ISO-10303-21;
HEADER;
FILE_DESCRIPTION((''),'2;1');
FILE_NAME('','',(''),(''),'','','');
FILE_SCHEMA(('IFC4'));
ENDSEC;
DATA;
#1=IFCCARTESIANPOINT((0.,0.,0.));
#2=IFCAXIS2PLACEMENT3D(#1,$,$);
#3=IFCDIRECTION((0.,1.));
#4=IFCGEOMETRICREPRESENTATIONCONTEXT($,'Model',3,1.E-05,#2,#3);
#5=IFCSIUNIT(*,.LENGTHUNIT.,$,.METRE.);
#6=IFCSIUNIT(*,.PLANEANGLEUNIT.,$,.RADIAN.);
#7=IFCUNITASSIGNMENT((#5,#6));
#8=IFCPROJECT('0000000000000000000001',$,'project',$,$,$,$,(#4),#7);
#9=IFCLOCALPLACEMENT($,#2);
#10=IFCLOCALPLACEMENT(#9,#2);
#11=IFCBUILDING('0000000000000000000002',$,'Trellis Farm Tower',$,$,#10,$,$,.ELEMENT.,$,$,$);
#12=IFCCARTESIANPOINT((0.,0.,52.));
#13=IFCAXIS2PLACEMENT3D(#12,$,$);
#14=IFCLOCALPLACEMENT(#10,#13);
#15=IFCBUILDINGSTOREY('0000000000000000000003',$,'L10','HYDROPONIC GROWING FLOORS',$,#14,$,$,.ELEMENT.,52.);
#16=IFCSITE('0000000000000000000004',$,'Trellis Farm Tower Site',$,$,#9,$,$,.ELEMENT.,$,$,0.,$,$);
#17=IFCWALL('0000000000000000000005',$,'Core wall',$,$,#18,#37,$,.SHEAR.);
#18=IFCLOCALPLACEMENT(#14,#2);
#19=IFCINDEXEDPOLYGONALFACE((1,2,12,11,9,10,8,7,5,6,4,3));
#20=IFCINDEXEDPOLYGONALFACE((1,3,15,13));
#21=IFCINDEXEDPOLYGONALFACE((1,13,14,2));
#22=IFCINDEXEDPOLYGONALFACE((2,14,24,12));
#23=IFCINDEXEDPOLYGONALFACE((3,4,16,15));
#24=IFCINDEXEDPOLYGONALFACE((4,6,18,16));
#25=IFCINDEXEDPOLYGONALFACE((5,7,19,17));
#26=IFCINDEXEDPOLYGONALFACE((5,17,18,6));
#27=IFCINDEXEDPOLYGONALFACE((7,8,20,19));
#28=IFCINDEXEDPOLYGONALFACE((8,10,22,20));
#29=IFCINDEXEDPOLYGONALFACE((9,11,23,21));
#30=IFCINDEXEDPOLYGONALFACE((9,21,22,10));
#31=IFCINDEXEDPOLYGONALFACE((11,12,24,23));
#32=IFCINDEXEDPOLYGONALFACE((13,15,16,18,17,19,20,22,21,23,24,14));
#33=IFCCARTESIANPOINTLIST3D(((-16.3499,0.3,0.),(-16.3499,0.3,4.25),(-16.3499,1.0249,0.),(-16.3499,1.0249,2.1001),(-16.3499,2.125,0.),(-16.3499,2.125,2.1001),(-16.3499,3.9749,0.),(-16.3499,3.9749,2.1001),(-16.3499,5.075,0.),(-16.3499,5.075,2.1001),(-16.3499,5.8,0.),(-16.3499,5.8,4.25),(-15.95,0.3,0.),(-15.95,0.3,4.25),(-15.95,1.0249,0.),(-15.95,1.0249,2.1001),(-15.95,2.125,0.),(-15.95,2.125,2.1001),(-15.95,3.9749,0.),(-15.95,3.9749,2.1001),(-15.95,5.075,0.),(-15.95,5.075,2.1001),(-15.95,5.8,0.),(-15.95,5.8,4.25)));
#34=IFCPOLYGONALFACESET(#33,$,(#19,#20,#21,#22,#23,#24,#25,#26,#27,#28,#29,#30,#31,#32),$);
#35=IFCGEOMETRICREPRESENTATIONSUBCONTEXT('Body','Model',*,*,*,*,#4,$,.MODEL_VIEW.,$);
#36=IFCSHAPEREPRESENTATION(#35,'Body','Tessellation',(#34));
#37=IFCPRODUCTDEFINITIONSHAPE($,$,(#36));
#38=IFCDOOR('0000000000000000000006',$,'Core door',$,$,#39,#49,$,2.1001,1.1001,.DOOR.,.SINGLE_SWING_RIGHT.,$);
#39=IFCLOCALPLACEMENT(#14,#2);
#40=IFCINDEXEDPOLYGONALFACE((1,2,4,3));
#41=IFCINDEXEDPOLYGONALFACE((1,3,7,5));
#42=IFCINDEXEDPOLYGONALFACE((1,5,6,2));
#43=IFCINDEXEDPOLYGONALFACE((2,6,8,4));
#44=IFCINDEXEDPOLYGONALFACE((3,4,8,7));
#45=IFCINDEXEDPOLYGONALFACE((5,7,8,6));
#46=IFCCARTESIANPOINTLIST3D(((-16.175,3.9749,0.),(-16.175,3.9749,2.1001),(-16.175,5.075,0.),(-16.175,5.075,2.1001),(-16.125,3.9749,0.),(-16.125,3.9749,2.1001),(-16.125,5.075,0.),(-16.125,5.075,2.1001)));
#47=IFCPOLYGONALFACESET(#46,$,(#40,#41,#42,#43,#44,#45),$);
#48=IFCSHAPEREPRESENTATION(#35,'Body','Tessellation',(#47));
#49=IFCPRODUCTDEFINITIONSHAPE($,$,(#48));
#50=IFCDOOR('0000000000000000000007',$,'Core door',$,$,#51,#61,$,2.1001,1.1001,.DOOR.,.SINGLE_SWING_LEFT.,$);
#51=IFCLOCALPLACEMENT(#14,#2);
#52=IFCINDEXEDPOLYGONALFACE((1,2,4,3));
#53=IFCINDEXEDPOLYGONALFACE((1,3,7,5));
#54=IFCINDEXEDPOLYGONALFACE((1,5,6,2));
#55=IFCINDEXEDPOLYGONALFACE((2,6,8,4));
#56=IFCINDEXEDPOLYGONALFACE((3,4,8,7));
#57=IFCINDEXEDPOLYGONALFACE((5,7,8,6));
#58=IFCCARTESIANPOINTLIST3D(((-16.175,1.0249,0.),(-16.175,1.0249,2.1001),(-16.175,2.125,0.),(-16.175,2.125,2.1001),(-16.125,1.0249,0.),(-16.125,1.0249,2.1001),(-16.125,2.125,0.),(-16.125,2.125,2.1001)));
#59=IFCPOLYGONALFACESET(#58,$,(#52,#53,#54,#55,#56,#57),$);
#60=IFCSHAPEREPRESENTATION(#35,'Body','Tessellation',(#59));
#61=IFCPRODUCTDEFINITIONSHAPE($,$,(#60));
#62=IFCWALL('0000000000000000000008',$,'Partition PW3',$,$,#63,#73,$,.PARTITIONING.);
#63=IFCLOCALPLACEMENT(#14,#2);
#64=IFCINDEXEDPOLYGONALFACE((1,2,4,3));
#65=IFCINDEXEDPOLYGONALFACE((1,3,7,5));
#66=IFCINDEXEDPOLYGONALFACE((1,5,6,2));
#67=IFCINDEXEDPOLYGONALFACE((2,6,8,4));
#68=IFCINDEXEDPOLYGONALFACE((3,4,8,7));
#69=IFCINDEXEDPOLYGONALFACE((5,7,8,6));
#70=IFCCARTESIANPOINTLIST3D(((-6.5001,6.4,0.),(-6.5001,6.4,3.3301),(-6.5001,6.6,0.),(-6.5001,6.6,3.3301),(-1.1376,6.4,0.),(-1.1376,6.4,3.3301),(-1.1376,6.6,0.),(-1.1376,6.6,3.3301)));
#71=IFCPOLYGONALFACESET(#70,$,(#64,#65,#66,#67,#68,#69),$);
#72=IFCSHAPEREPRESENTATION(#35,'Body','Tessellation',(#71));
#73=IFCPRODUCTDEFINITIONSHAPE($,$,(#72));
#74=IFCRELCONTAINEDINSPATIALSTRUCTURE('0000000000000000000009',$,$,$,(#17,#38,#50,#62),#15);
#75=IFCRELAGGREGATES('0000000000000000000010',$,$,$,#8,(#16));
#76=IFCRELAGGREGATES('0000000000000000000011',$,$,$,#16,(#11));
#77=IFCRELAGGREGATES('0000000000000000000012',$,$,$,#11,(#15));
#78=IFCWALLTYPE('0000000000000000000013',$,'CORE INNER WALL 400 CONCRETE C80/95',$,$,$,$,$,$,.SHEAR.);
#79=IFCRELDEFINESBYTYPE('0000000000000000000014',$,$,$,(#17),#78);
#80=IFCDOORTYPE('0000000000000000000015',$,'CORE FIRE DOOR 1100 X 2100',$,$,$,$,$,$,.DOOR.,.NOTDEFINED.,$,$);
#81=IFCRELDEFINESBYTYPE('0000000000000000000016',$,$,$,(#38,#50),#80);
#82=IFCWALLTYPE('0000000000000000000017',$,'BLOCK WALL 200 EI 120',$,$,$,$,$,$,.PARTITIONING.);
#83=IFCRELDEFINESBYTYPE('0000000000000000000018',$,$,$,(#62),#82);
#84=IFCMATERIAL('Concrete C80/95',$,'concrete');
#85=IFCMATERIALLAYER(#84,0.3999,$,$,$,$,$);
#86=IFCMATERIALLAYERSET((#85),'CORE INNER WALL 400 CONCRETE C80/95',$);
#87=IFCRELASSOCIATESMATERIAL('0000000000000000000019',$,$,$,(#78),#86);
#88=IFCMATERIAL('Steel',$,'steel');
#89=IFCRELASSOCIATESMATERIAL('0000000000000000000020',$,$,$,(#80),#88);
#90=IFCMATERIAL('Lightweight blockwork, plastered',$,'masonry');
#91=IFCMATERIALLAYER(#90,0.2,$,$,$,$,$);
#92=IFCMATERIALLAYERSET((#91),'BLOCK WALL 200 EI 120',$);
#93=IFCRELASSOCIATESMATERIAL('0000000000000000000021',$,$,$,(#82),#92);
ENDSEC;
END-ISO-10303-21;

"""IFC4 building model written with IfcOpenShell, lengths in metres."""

from ifc_helpers import new_model, si_unit, direction, frame, frame_2d, origin, place, context, subcontext, project, spatial, rectangle, extrude, source, transform, mapped, material, layer, layer_set, type_object, element, fill, save


model = new_model("IFC4")

# Units and contexts
model_context = context("Model", 3, precision=1e-05, world=origin(), true_north=direction((0.0, 1.0)))
body_context = subcontext(model_context, "Body", "Model", "MODEL_VIEW")
ifc_project = project(units=[si_unit("LENGTHUNIT", "METRE"), si_unit("PLANEANGLEUNIT", "RADIAN")], contexts=[model_context])

# Site, building, storey
site_placement = place(None, origin())
site = spatial("IfcSite", under=ifc_project, at=site_placement, Name="Trellis Farm Tower Site", CompositionType="ELEMENT", RefElevation=0.0)
building_placement = place(site_placement, origin())
building = spatial("IfcBuilding", under=site, at=building_placement, Name="Trellis Farm Tower", CompositionType="ELEMENT")
storey_placement = place(building_placement, frame((0.0, 0.0, 52.0)))
storey = spatial("IfcBuildingStorey", under=building, at=storey_placement, Name="L10", Description="HYDROPONIC GROWING FLOORS", CompositionType="ELEMENT", Elevation=52.0)

# Shared definitions
ifc_material_1 = material(Name="Concrete C80/95", Category="concrete")

# Shared definitions
ifc_material_2 = material(Name="Steel", Category="steel")

# Shared definitions
ifc_layer_1 = layer(ifc_material_1, 0.3999)
ifc_layer_set_1 = layer_set([ifc_layer_1], Name="CORE INNER WALL 400 CONCRETE C80/95")
wall_type_1 = type_object("IfcWallType", Name="CORE INNER WALL 400 CONCRETE C80/95", PredefinedType="SHEAR", material=ifc_layer_set_1)

# Wall, openings, doors
shared_shape_1 = source(origin(), body_context, "Body", "SweptSolid", [
    extrude(rectangle(XDim=5.5, YDim=0.3999, at=frame_2d((2.75, 0.0))), origin(), (0.0, 0.0, 1.0), 4.25),
])
wall_1_placement = place(storey_placement, frame((-16.1499, 5.8, 0.0), z_axis=(0.0, 0.0, 1.0), x_axis=(0.0, -1.0, 0.0)))
wall_1 = element("IfcWall", 1, at=wall_1_placement, inside=storey, type_object=wall_type_1, Name="Core wall", PredefinedType="SHEAR", context=body_context, shape_type="MappedRepresentation", body=[
    mapped(shared_shape_1, transform((0.0, 0.0, 0.0))),
])
shared_shape_2 = source(origin(), body_context, "Body", "SweptSolid", [
    extrude(rectangle(XDim=1.1001, YDim=2.1001, at=frame_2d((0.55, 1.05))), frame((0.0, 0.21, 0.0), z_axis=(0.0, -1.0, 0.0), x_axis=(1.0, 0.0, 0.0)), (0.0, 0.0, 1.0), 0.4199),
])
opening_1_placement = place(wall_1_placement, frame((0.7251, 0.0, 0.0)))
opening_1 = element("IfcOpeningElement", 2, at=opening_1_placement, cuts=wall_1, PredefinedType="OPENING", context=body_context, shape_type="MappedRepresentation", body=[
    mapped(shared_shape_2, transform((0.0, 0.0, 0.0))),
])
opening_2_placement = place(wall_1_placement, frame((3.675, 0.0, 0.0)))
opening_2 = element("IfcOpeningElement", 3, at=opening_2_placement, cuts=wall_1, PredefinedType="OPENING", context=body_context, shape_type="MappedRepresentation", body=[
    mapped(shared_shape_2, transform((0.0, 0.0, 0.0))),
])
door_type_1 = type_object("IfcDoorType", Name="CORE FIRE DOOR 1100 X 2100", OperationType="NOTDEFINED", PredefinedType="DOOR", material=ifc_material_2)
shared_shape_3 = source(origin(), body_context, "Body", "SweptSolid", [
    extrude(rectangle(XDim=1.1001, YDim=2.1001, at=frame_2d((0.55, 1.05))), frame((0.0, 0.0249, 0.0), z_axis=(0.0, -1.0, 0.0), x_axis=(1.0, 0.0, 0.0)), (0.0, 0.0, 1.0), 0.05),
])
door_1_placement = place(opening_1_placement, origin())
door_1 = element("IfcDoor", 4, at=door_1_placement, inside=storey, type_object=door_type_1, Name="Core door", OperationType="SINGLE_SWING_RIGHT", OverallHeight=2.1001, OverallWidth=1.1001, PredefinedType="DOOR", context=body_context, shape_type="MappedRepresentation", body=[
    mapped(shared_shape_3, transform((0.0, 0.0, 0.0))),
])
fill(opening_1, door_1)
door_2_placement = place(opening_2_placement, origin())
door_2 = element("IfcDoor", 5, at=door_2_placement, inside=storey, type_object=door_type_1, Name="Core door", OperationType="SINGLE_SWING_LEFT", OverallHeight=2.1001, OverallWidth=1.1001, PredefinedType="DOOR", context=body_context, shape_type="MappedRepresentation", body=[
    mapped(shared_shape_3, transform((0.0, 0.0, 0.0))),
])
fill(opening_2, door_2)

# Wall
ifc_material_3 = material(Name="Lightweight blockwork, plastered", Category="masonry")
ifc_layer_2 = layer(ifc_material_3, 0.2)
ifc_layer_set_2 = layer_set([ifc_layer_2], Name="BLOCK WALL 200 EI 120")
wall_type_2 = type_object("IfcWallType", Name="BLOCK WALL 200 EI 120", PredefinedType="PARTITIONING", material=ifc_layer_set_2)
shared_shape_4 = source(origin(), body_context, "Body", "SweptSolid", [
    extrude(rectangle(XDim=5.3625, YDim=0.2, at=frame_2d((2.6812, 0.0))), origin(), (0.0, 0.0, 1.0), 3.3301),
])
wall_2_placement = place(storey_placement, frame((-6.5, 6.5, 0.0), z_axis=(0.0, 0.0, 1.0), x_axis=(1.0, 0.0, 0.0)))
element("IfcWall", 6, at=wall_2_placement, inside=storey, type_object=wall_type_2, Name="Partition PW3", PredefinedType="PARTITIONING", context=body_context, shape_type="MappedRepresentation", body=[
    mapped(shared_shape_4, transform((0.0, 0.0, 0.0))),
])

save(model, "model.ifc")
